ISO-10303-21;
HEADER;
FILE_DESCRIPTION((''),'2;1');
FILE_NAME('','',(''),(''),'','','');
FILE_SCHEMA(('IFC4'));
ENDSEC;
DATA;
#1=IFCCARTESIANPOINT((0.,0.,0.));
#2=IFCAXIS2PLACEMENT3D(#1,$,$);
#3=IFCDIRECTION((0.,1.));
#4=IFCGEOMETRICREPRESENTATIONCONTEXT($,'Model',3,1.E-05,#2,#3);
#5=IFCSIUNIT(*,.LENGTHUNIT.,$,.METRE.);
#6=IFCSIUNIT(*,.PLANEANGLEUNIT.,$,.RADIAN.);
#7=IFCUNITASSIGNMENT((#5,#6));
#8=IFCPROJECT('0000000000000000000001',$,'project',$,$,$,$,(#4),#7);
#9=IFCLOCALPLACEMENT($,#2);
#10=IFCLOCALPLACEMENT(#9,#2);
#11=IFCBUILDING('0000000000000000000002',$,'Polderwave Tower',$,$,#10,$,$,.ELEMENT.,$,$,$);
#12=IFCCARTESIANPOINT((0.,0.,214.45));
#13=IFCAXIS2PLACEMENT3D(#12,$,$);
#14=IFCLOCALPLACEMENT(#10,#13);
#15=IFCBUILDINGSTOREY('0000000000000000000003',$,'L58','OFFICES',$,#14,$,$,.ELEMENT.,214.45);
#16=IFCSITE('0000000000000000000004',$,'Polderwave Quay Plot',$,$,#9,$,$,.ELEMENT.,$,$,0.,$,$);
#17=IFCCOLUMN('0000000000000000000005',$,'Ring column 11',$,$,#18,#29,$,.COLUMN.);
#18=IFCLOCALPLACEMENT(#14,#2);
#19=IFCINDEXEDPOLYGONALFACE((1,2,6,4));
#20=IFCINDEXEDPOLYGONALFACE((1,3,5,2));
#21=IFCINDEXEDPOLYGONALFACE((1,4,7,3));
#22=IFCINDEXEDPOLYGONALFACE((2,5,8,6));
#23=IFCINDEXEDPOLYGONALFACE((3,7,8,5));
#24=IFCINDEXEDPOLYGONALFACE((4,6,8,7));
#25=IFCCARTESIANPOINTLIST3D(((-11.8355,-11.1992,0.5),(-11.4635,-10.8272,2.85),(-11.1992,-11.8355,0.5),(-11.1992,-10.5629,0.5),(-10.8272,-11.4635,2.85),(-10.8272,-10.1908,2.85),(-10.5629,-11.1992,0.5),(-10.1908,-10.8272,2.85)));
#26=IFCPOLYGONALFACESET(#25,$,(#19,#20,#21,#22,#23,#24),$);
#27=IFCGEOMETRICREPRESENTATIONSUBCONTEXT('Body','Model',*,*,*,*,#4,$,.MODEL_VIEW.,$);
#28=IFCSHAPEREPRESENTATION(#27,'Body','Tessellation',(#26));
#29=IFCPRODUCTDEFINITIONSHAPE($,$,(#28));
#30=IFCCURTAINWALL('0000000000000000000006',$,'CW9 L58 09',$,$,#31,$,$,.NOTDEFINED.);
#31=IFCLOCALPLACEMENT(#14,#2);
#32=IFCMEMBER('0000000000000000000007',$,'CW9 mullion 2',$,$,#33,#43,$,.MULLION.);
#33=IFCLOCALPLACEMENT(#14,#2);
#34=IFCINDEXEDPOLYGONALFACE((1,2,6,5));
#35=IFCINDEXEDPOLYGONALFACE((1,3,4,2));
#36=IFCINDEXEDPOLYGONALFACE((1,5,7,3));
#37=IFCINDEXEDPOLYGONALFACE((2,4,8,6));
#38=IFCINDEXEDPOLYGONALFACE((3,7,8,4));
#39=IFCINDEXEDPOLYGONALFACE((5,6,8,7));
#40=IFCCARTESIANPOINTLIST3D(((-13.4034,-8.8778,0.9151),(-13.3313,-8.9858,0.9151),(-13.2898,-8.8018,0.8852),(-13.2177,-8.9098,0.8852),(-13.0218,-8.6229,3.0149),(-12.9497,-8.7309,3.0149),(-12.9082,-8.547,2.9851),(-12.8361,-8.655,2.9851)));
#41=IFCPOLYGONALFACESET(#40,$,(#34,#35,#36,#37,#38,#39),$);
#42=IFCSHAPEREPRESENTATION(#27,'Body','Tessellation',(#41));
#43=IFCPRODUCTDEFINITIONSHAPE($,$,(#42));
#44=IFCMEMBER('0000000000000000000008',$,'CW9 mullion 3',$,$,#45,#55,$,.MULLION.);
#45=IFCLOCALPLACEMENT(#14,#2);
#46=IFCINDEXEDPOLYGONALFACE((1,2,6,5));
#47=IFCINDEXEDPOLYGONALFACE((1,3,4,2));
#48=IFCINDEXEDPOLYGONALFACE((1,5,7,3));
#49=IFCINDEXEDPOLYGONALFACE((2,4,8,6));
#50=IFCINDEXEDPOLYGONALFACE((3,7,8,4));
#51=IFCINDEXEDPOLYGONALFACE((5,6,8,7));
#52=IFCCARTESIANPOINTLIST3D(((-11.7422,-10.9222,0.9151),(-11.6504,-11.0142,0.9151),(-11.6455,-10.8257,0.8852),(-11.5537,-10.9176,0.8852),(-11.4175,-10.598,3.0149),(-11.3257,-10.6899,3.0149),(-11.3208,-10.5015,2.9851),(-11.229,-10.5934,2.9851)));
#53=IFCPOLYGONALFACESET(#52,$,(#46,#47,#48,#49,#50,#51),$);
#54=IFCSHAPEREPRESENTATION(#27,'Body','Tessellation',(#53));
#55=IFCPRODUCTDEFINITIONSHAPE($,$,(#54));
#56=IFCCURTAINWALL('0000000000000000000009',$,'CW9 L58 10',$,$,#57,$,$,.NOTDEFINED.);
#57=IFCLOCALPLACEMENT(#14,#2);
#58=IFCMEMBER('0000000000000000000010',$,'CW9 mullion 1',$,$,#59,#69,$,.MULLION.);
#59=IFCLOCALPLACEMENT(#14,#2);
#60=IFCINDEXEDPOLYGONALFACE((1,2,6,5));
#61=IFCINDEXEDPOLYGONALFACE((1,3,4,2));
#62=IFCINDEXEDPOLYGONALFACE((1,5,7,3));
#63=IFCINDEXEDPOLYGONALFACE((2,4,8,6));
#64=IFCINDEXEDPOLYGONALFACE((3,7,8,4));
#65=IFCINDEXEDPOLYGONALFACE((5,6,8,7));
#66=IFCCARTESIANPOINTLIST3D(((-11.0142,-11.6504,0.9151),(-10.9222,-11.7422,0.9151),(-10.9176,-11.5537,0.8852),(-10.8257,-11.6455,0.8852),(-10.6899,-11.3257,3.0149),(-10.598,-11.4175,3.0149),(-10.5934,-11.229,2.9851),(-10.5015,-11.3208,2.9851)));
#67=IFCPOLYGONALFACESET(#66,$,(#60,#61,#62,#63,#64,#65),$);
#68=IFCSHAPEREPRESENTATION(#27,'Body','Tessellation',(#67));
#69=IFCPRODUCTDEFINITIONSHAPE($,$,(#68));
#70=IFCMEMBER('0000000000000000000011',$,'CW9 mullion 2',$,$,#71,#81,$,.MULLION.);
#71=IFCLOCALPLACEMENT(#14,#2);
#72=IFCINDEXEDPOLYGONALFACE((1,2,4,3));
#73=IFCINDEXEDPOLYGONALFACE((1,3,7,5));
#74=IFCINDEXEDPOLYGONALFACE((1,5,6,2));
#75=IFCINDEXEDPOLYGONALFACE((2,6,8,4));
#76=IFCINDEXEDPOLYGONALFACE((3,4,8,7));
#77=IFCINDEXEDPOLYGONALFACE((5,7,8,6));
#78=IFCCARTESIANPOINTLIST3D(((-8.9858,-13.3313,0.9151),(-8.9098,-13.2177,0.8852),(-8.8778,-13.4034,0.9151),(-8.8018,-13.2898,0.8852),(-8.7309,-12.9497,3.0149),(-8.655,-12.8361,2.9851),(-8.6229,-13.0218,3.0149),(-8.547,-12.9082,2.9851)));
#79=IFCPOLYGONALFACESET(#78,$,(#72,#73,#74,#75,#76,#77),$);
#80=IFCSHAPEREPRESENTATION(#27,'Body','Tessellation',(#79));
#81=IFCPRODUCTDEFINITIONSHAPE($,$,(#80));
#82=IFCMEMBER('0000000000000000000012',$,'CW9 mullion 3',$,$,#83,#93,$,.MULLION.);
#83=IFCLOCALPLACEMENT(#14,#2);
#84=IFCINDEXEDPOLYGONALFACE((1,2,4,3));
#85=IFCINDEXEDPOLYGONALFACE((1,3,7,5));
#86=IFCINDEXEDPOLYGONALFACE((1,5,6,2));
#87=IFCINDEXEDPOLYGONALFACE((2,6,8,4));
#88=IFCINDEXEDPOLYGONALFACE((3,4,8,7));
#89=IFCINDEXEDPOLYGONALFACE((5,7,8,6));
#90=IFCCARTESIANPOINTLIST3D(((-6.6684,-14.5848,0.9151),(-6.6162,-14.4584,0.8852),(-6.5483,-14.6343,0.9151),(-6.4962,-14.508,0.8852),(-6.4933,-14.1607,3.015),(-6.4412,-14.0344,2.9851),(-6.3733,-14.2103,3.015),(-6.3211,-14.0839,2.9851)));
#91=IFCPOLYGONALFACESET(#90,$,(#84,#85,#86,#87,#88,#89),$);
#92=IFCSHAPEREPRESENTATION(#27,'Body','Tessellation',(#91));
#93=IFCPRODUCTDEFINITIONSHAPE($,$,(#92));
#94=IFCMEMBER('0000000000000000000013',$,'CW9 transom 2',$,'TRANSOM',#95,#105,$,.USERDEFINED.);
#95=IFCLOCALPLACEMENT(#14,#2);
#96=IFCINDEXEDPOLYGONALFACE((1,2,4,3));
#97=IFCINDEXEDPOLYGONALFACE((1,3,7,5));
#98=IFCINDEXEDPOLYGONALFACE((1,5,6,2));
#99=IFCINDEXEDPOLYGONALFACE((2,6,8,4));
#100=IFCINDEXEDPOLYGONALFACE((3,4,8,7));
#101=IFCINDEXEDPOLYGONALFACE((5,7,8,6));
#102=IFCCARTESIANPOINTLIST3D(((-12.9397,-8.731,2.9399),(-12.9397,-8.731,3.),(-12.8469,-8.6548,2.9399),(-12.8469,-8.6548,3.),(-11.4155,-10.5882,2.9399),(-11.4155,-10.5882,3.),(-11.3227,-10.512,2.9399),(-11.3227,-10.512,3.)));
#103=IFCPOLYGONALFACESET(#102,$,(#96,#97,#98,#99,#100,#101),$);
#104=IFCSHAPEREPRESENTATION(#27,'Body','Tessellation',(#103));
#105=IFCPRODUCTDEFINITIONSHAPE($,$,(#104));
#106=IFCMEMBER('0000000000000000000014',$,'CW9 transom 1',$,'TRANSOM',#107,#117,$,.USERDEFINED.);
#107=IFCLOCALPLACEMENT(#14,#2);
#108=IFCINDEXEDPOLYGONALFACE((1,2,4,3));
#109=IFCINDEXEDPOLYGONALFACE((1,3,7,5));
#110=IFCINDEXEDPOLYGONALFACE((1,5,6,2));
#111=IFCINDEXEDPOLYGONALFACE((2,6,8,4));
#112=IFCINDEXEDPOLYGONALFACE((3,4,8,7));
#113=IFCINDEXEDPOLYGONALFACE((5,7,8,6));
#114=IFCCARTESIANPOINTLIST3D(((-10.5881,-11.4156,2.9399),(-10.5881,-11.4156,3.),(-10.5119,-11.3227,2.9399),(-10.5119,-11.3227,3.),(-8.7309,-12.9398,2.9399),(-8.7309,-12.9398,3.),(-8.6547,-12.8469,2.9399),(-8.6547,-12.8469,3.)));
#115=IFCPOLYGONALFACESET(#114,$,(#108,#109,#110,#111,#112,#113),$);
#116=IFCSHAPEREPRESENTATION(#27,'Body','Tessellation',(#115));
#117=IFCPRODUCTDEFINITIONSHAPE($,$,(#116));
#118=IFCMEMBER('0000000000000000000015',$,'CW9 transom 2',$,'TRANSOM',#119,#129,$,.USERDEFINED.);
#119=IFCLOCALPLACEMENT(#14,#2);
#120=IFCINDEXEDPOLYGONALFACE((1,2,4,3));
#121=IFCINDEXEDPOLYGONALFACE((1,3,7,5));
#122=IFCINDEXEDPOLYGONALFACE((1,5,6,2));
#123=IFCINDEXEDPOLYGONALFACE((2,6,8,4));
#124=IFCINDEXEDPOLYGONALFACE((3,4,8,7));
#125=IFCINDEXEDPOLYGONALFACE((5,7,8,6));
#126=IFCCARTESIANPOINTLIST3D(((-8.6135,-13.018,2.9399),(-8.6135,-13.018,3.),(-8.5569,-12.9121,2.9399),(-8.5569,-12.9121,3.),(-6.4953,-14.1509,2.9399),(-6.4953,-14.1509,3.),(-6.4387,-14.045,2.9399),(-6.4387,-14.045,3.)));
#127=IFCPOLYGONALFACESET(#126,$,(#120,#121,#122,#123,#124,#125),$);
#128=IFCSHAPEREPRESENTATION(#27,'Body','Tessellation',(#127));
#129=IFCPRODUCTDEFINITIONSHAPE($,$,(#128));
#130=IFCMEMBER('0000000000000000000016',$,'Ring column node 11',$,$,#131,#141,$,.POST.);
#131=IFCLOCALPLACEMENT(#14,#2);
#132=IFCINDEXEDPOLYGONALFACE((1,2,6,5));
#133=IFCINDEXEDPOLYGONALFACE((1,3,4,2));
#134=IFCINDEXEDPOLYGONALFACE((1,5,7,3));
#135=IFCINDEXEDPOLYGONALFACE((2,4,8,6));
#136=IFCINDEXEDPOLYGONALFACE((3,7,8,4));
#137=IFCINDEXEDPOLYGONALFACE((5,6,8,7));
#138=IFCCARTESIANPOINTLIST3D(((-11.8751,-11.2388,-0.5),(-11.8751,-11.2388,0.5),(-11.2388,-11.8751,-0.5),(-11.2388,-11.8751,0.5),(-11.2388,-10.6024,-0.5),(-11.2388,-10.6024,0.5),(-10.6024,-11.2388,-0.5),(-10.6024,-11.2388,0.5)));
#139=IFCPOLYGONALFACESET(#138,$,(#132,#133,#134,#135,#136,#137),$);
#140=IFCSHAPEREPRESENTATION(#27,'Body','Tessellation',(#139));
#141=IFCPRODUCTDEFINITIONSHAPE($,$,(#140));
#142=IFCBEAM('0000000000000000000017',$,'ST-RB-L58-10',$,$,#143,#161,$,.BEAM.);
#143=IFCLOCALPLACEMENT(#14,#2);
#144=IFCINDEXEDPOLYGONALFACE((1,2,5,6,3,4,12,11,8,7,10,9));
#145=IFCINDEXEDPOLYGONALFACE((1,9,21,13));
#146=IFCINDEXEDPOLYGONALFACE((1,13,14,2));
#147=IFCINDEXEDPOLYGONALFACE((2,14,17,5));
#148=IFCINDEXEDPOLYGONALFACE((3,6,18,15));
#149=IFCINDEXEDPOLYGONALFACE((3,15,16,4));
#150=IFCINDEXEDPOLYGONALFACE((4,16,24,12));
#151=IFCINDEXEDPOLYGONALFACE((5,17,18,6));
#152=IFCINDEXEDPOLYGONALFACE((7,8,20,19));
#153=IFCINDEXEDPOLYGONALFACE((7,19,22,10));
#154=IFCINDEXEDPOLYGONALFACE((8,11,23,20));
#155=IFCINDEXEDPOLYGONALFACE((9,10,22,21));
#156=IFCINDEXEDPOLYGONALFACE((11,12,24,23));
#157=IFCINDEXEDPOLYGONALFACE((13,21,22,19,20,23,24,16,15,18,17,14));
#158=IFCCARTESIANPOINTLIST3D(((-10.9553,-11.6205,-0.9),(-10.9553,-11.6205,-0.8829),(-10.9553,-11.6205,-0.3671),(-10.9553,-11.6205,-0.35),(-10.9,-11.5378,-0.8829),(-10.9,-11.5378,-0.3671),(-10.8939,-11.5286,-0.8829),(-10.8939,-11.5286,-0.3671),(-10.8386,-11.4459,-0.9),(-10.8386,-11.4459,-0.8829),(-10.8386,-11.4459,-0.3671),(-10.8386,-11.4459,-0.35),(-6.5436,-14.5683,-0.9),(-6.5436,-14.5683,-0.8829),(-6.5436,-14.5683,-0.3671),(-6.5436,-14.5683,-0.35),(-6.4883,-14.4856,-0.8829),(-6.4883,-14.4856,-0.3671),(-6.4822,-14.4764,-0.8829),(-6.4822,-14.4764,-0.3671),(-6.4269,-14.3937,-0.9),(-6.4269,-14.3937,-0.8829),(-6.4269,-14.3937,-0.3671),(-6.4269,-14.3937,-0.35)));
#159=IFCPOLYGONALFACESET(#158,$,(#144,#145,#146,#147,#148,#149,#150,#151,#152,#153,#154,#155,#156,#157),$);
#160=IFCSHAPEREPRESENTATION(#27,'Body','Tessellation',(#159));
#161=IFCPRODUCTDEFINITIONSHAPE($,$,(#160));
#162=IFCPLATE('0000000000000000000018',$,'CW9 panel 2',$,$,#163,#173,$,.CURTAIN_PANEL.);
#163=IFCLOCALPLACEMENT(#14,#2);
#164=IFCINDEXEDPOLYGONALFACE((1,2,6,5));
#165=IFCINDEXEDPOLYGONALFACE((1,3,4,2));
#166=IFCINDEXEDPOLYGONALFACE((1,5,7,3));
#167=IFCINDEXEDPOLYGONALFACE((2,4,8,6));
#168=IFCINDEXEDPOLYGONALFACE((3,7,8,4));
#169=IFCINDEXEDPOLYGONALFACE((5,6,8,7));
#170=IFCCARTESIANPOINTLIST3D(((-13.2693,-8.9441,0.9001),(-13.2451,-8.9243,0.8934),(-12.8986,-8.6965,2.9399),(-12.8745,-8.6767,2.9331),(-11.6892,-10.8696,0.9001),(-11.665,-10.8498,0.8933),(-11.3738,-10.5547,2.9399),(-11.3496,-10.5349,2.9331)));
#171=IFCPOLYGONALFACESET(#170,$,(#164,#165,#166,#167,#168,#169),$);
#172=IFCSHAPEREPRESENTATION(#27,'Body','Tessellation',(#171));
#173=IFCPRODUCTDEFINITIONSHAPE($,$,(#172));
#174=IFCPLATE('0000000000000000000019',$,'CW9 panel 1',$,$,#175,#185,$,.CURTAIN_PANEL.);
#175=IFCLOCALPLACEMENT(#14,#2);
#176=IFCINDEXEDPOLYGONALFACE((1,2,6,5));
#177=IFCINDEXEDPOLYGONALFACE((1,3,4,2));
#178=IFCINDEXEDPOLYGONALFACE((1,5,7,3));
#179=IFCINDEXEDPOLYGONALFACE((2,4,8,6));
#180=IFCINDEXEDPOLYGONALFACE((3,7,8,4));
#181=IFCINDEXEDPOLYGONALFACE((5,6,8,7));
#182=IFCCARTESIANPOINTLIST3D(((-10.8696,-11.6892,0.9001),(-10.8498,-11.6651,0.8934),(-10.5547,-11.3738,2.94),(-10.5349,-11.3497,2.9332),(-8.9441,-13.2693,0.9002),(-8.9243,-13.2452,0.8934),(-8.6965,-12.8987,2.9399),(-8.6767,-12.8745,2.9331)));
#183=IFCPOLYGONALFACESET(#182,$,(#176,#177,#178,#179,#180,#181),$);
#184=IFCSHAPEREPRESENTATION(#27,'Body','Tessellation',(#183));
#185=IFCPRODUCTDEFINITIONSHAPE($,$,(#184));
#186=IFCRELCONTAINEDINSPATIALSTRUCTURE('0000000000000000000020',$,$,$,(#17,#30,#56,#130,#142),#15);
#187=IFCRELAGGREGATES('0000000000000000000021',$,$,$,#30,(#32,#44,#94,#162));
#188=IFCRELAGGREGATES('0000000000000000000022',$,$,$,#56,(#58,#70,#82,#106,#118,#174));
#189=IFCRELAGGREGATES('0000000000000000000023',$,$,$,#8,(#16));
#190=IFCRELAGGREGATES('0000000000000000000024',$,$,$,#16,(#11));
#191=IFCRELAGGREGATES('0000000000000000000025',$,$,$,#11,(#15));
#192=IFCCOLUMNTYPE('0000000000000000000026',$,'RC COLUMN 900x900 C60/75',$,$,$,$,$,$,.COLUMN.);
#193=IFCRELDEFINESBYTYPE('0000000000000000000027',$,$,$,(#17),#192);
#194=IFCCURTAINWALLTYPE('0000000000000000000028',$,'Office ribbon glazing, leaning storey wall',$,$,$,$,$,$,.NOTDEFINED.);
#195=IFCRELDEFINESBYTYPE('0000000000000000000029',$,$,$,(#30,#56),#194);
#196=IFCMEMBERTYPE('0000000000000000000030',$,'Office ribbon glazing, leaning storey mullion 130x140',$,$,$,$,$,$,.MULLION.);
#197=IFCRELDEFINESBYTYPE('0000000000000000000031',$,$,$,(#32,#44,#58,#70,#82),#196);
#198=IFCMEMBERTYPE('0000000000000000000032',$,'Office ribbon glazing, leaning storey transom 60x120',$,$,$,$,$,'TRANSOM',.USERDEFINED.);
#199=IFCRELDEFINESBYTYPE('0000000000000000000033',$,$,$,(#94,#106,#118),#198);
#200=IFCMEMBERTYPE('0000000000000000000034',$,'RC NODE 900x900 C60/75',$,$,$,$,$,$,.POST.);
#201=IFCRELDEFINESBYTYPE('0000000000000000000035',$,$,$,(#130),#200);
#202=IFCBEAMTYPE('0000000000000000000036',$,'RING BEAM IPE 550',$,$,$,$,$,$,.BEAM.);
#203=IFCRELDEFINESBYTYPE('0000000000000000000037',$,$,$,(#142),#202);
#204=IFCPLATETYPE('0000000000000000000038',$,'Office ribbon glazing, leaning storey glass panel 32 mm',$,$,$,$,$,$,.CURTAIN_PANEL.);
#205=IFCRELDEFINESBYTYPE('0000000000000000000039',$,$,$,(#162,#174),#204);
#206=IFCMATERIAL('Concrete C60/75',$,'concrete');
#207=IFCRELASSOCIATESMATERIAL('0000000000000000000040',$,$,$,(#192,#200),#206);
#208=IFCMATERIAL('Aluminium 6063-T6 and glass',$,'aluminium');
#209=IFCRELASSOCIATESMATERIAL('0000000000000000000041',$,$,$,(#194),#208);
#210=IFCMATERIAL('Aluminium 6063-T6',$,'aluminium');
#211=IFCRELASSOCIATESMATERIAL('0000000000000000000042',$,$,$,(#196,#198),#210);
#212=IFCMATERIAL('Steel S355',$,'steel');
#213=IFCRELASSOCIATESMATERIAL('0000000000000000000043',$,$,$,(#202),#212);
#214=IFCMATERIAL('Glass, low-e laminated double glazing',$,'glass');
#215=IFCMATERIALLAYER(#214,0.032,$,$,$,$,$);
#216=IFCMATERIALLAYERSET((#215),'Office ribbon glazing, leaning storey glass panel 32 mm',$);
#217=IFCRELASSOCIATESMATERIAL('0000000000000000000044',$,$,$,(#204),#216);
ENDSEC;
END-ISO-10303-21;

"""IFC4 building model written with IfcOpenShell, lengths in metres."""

from ifc_helpers import new_model, si_unit, direction, frame, origin, origin_2d, place, context, subcontext, project, spatial, polyline, rectangle, i_section, outline, extrude, material, layer, layer_set, material_profile, profile_set, type_object, element, aggregate, save


model = new_model("IFC4")

# Units and contexts
model_context = context("Model", 3, precision=1e-05, world=origin(), true_north=direction((0.0, 1.0)))
body_context = subcontext(model_context, "Body", "Model", "MODEL_VIEW")
ifc_project = project(units=[si_unit("LENGTHUNIT", "METRE"), si_unit("PLANEANGLEUNIT", "RADIAN")], contexts=[model_context])

# Site, building, storey
site_placement = place(None, origin())
site = spatial("IfcSite", under=ifc_project, at=site_placement, Name="Polderwave Quay Plot", CompositionType="ELEMENT", RefElevation=0.0)
building_placement = place(site_placement, origin())
building = spatial("IfcBuilding", under=site, at=building_placement, Name="Polderwave Tower", CompositionType="ELEMENT")
storey_placement = place(building_placement, frame((0.0, 0.0, 214.45)))
storey = spatial("IfcBuildingStorey", under=building, at=storey_placement, Name="L58", Description="OFFICES", CompositionType="ELEMENT", Elevation=214.45)

# Column
ifc_material_1 = material(Name="Concrete C60/75", Category="concrete")
ifc_material_profile_1 = material_profile(ifc_material_1, rectangle(XDim=0.8999, YDim=0.8999, at=origin_2d()), Name="RC 900x900")
ifc_profile_set_1 = profile_set([ifc_material_profile_1], Name="Concrete C60/75")
column_type = type_object("IfcColumnType", Name="RC COLUMN 900x900 C60/75", PredefinedType="COLUMN", material=ifc_profile_set_1)
column_placement = place(storey_placement, frame((-11.1992, -11.1992, 0.5), z_axis=(0.0, 0.0, 1.0), x_axis=(-0.707107, 0.707107, 0.0)))
element("IfcColumn", 1, at=column_placement, inside=storey, type_object=column_type, Name="Ring column 11", PredefinedType="COLUMN", context=body_context, shape_type="SweptSolid", body=[
    extrude(rectangle(XDim=0.8999, YDim=0.8999, at=origin_2d()), origin(), (0.0, -0.21849, 0.975839), 2.4082),
])

# Curtain walls, members
ifc_material_2 = material(Name="Aluminium 6063-T6 and glass", Category="aluminium")
curtain_wall_type = type_object("IfcCurtainWallType", Name="Office ribbon glazing, leaning storey wall", PredefinedType="NOTDEFINED", material=ifc_material_2)
curtain_wall_1_placement = place(storey_placement, origin())
curtain_wall_1 = element("IfcCurtainWall", 2, at=curtain_wall_1_placement, inside=storey, type_object=curtain_wall_type, Name="CW9 L58 09", PredefinedType="NOTDEFINED")
ifc_material_3 = material(Name="Aluminium 6063-T6", Category="aluminium")
ifc_material_profile_2 = material_profile(ifc_material_3, rectangle(XDim=0.1299, YDim=0.1399, at=origin_2d()), Name="AL 130x140")
ifc_profile_set_2 = profile_set([ifc_material_profile_2], Name="Aluminium 6063-T6")
member_type_1 = type_object("IfcMemberType", Name="Office ribbon glazing, leaning storey mullion 130x140", PredefinedType="MULLION", material=ifc_profile_set_2)
member_1_placement = place(storey_placement, frame((-13.3105, -8.8938, 0.9001), z_axis=(0.177533, 0.118583, 0.976944), x_axis=(-0.555437, 0.831559, 0.0)))
member_1 = element("IfcMember", 3, at=member_1_placement, type_object=member_type_1, Name="CW9 mullion 2", PredefinedType="MULLION", context=body_context, shape_type="SweptSolid", body=[
    extrude(rectangle(XDim=0.1299, YDim=0.1399, at=origin_2d()), origin(), (0.0, 0.0, 1.0), 2.1494),
])
member_2_placement = place(storey_placement, frame((-11.6479, -10.9199, 0.9001), z_axis=(0.151068, 0.150841, 0.976947), x_axis=(-0.706575, 0.707639, 0.0)))
member_2 = element("IfcMember", 4, at=member_2_placement, type_object=member_type_1, Name="CW9 mullion 3", PredefinedType="MULLION", context=body_context, shape_type="SweptSolid", body=[
    extrude(rectangle(XDim=0.1299, YDim=0.1399, at=origin_2d()), origin(), (0.0, 0.0, 1.0), 2.1494),
])
curtain_wall_2_placement = place(storey_placement, origin())
curtain_wall_2 = element("IfcCurtainWall", 5, at=curtain_wall_2_placement, inside=storey, type_object=curtain_wall_type, Name="CW9 L58 10", PredefinedType="NOTDEFINED")
member_3_placement = place(storey_placement, frame((-10.9199, -11.6479, 0.9001), z_axis=(0.150841, 0.151068, 0.976947), x_axis=(-0.707639, 0.706575, 0.0)))
member_3 = element("IfcMember", 6, at=member_3_placement, type_object=member_type_1, Name="CW9 mullion 1", PredefinedType="MULLION", context=body_context, shape_type="SweptSolid", body=[
    extrude(rectangle(XDim=0.1299, YDim=0.1399, at=origin_2d()), origin(), (0.0, 0.0, 1.0), 2.1494),
])
member_4_placement = place(storey_placement, frame((-8.8938, -13.3105, 0.9001), z_axis=(0.118583, 0.177533, 0.976944), x_axis=(-0.831559, 0.555437, 0.0)))
member_4 = element("IfcMember", 7, at=member_4_placement, type_object=member_type_1, Name="CW9 mullion 2", PredefinedType="MULLION", context=body_context, shape_type="SweptSolid", body=[
    extrude(rectangle(XDim=0.1299, YDim=0.1399, at=origin_2d()), origin(), (0.0, 0.0, 1.0), 2.1494),
])
member_5_placement = place(storey_placement, frame((-6.5823, -14.5464, 0.9001), z_axis=(0.081441, 0.197299, 0.976955), x_axis=(-0.924347, 0.381553, 0.0)))
member_5 = element("IfcMember", 8, at=member_5_placement, type_object=member_type_1, Name="CW9 mullion 3", PredefinedType="MULLION", context=body_context, shape_type="SweptSolid", body=[
    extrude(rectangle(XDim=0.1299, YDim=0.1399, at=origin_2d()), origin(), (0.0, 0.0, 1.0), 2.1494),
])

# Members
ifc_material_profile_3 = material_profile(ifc_material_3, rectangle(XDim=0.1201, YDim=0.0601, at=origin_2d()), Name="AL 60x120")
ifc_profile_set_3 = profile_set([ifc_material_profile_3], Name="Aluminium 6063-T6")
member_type_2 = type_object("IfcMemberType", Name="Office ribbon glazing, leaning storey transom 60x120", ElementType="TRANSOM", PredefinedType="USERDEFINED", material=ifc_profile_set_3)
member_6_placement = place(storey_placement, frame((-12.8933, -8.6929, 2.97), z_axis=(0.634399, -0.773006, 0.0), x_axis=(0.773006, 0.634399, 0.0)))
member_6 = element("IfcMember", 9, at=member_6_placement, type_object=member_type_2, Name="CW9 transom 2", ObjectType="TRANSOM", PredefinedType="USERDEFINED", context=body_context, shape_type="SweptSolid", body=[
    extrude(rectangle(XDim=0.1201, YDim=0.0601, at=origin_2d()), origin(), (0.0, 0.0, 1.0), 2.4026),
])
member_7_placement = place(storey_placement, frame((-10.55, -11.3691, 2.97), z_axis=(0.773006, -0.634399, 0.0), x_axis=(0.634399, 0.773006, 0.0)))
member_7 = element("IfcMember", 10, at=member_7_placement, type_object=member_type_2, Name="CW9 transom 1", ObjectType="TRANSOM", PredefinedType="USERDEFINED", context=body_context, shape_type="SweptSolid", body=[
    extrude(rectangle(XDim=0.1201, YDim=0.0601, at=origin_2d()), origin(), (0.0, 0.0, 1.0), 2.4026),
])
member_8_placement = place(storey_placement, frame((-8.5852, -12.9651, 2.97), z_axis=(0.881812, -0.471601, 0.0), x_axis=(0.471601, 0.881812, 0.0)))
member_8 = element("IfcMember", 11, at=member_8_placement, type_object=member_type_2, Name="CW9 transom 2", ObjectType="TRANSOM", PredefinedType="USERDEFINED", context=body_context, shape_type="SweptSolid", body=[
    extrude(rectangle(XDim=0.1201, YDim=0.0601, at=origin_2d()), origin(), (0.0, 0.0, 1.0), 2.4021),
])
ifc_material_profile_4 = material_profile(ifc_material_1, rectangle(XDim=0.8999, YDim=0.8999, at=origin_2d()), Name="RC 900x900")
ifc_profile_set_4 = profile_set([ifc_material_profile_4], Name="Concrete C60/75")
member_type_3 = type_object("IfcMemberType", Name="RC NODE 900x900 C60/75", PredefinedType="POST", material=ifc_profile_set_4)
member_9_placement = place(storey_placement, frame((-11.2388, -11.2388, -0.5), z_axis=(0.0, 0.0, 1.0), x_axis=(-0.707107, -0.707107, 0.0)))
element("IfcMember", 12, at=member_9_placement, inside=storey, type_object=member_type_3, Name="Ring column node 11", PredefinedType="POST", context=body_context, shape_type="SweptSolid", body=[
    extrude(rectangle(XDim=0.8999, YDim=0.8999, at=origin_2d()), origin(), (0.0, 0.0, 1.0), 1.0),
])

# Beam
ifc_material_4 = material(Name="Steel S355", Category="steel")
ifc_material_profile_5 = material_profile(ifc_material_4, i_section(OverallWidth=0.21, OverallDepth=0.55, WebThickness=0.011, FlangeThickness=0.0171, at=origin_2d()), Name="IPE 550")
ifc_profile_set_5 = profile_set([ifc_material_profile_5], Name="Steel S355")
beam_type = type_object("IfcBeamType", Name="RING BEAM IPE 550", PredefinedType="BEAM", material=ifc_profile_set_5)
beam_placement = place(storey_placement, frame((-10.897, -11.5332, -0.625), z_axis=(0.831469, -0.555571, 0.0), x_axis=(0.555571, 0.831469, 0.0)))
element("IfcBeam", 13, at=beam_placement, inside=storey, type_object=beam_type, Name="ST-RB-L58-10", PredefinedType="BEAM", context=body_context, shape_type="SweptSolid", body=[
    extrude(i_section(OverallWidth=0.21, OverallDepth=0.55, WebThickness=0.011, FlangeThickness=0.0171, at=origin_2d()), origin(), (0.0, 0.0, 1.0), 5.3059),
])

# Plates
ifc_material_5 = material(Name="Glass, low-e laminated double glazing", Category="glass")
ifc_layer_1 = layer(ifc_material_5, 0.032)
ifc_layer_set_1 = layer_set([ifc_layer_1], Name="Office ribbon glazing, leaning storey glass panel 32 mm")
plate_type = type_object("IfcPlateType", Name="Office ribbon glazing, leaning storey glass panel 32 mm", PredefinedType="CURTAIN_PANEL", material=ifc_layer_set_1)
plate_1_placement = place(storey_placement, frame((-13.2693, -8.9441, 0.9001), z_axis=(-0.755377, -0.619879, 0.212496), x_axis=(0.634366, -0.773033, -0.000004)))
plate_1 = element("IfcPlate", 14, at=plate_1_placement, type_object=plate_type, Name="CW9 panel 2", PredefinedType="CURTAIN_PANEL", context=body_context, shape_type="SweptSolid", body=[
    extrude(outline(polyline([(0.0, 0.0), (2.4909, 0.0), (2.4475, 2.0875), (0.0437, 2.0875), (0.0, 0.0)])), origin(), (0.0, 0.0, -1.0), 0.032),
])
aggregate(curtain_wall_1, [member_1, member_2, member_6, plate_1])
plate_2_placement = place(storey_placement, frame((-10.8696, -11.6892, 0.9001), z_axis=(-0.619879, -0.755377, 0.212496), x_axis=(0.773033, -0.634366, 0.000004)))
plate_2 = element("IfcPlate", 15, at=plate_2_placement, type_object=plate_type, Name="CW9 panel 1", PredefinedType="CURTAIN_PANEL", context=body_context, shape_type="SweptSolid", body=[
    extrude(outline(polyline([(0.0, 0.0), (2.4909, 0.0), (2.4471, 2.0875), (0.0434, 2.0875), (0.0, 0.0)])), origin(), (0.0, 0.0, -1.0), 0.032),
])
aggregate(curtain_wall_2, [member_3, member_4, member_5, member_7, member_8, plate_2])

save(model, "model.ifc")
